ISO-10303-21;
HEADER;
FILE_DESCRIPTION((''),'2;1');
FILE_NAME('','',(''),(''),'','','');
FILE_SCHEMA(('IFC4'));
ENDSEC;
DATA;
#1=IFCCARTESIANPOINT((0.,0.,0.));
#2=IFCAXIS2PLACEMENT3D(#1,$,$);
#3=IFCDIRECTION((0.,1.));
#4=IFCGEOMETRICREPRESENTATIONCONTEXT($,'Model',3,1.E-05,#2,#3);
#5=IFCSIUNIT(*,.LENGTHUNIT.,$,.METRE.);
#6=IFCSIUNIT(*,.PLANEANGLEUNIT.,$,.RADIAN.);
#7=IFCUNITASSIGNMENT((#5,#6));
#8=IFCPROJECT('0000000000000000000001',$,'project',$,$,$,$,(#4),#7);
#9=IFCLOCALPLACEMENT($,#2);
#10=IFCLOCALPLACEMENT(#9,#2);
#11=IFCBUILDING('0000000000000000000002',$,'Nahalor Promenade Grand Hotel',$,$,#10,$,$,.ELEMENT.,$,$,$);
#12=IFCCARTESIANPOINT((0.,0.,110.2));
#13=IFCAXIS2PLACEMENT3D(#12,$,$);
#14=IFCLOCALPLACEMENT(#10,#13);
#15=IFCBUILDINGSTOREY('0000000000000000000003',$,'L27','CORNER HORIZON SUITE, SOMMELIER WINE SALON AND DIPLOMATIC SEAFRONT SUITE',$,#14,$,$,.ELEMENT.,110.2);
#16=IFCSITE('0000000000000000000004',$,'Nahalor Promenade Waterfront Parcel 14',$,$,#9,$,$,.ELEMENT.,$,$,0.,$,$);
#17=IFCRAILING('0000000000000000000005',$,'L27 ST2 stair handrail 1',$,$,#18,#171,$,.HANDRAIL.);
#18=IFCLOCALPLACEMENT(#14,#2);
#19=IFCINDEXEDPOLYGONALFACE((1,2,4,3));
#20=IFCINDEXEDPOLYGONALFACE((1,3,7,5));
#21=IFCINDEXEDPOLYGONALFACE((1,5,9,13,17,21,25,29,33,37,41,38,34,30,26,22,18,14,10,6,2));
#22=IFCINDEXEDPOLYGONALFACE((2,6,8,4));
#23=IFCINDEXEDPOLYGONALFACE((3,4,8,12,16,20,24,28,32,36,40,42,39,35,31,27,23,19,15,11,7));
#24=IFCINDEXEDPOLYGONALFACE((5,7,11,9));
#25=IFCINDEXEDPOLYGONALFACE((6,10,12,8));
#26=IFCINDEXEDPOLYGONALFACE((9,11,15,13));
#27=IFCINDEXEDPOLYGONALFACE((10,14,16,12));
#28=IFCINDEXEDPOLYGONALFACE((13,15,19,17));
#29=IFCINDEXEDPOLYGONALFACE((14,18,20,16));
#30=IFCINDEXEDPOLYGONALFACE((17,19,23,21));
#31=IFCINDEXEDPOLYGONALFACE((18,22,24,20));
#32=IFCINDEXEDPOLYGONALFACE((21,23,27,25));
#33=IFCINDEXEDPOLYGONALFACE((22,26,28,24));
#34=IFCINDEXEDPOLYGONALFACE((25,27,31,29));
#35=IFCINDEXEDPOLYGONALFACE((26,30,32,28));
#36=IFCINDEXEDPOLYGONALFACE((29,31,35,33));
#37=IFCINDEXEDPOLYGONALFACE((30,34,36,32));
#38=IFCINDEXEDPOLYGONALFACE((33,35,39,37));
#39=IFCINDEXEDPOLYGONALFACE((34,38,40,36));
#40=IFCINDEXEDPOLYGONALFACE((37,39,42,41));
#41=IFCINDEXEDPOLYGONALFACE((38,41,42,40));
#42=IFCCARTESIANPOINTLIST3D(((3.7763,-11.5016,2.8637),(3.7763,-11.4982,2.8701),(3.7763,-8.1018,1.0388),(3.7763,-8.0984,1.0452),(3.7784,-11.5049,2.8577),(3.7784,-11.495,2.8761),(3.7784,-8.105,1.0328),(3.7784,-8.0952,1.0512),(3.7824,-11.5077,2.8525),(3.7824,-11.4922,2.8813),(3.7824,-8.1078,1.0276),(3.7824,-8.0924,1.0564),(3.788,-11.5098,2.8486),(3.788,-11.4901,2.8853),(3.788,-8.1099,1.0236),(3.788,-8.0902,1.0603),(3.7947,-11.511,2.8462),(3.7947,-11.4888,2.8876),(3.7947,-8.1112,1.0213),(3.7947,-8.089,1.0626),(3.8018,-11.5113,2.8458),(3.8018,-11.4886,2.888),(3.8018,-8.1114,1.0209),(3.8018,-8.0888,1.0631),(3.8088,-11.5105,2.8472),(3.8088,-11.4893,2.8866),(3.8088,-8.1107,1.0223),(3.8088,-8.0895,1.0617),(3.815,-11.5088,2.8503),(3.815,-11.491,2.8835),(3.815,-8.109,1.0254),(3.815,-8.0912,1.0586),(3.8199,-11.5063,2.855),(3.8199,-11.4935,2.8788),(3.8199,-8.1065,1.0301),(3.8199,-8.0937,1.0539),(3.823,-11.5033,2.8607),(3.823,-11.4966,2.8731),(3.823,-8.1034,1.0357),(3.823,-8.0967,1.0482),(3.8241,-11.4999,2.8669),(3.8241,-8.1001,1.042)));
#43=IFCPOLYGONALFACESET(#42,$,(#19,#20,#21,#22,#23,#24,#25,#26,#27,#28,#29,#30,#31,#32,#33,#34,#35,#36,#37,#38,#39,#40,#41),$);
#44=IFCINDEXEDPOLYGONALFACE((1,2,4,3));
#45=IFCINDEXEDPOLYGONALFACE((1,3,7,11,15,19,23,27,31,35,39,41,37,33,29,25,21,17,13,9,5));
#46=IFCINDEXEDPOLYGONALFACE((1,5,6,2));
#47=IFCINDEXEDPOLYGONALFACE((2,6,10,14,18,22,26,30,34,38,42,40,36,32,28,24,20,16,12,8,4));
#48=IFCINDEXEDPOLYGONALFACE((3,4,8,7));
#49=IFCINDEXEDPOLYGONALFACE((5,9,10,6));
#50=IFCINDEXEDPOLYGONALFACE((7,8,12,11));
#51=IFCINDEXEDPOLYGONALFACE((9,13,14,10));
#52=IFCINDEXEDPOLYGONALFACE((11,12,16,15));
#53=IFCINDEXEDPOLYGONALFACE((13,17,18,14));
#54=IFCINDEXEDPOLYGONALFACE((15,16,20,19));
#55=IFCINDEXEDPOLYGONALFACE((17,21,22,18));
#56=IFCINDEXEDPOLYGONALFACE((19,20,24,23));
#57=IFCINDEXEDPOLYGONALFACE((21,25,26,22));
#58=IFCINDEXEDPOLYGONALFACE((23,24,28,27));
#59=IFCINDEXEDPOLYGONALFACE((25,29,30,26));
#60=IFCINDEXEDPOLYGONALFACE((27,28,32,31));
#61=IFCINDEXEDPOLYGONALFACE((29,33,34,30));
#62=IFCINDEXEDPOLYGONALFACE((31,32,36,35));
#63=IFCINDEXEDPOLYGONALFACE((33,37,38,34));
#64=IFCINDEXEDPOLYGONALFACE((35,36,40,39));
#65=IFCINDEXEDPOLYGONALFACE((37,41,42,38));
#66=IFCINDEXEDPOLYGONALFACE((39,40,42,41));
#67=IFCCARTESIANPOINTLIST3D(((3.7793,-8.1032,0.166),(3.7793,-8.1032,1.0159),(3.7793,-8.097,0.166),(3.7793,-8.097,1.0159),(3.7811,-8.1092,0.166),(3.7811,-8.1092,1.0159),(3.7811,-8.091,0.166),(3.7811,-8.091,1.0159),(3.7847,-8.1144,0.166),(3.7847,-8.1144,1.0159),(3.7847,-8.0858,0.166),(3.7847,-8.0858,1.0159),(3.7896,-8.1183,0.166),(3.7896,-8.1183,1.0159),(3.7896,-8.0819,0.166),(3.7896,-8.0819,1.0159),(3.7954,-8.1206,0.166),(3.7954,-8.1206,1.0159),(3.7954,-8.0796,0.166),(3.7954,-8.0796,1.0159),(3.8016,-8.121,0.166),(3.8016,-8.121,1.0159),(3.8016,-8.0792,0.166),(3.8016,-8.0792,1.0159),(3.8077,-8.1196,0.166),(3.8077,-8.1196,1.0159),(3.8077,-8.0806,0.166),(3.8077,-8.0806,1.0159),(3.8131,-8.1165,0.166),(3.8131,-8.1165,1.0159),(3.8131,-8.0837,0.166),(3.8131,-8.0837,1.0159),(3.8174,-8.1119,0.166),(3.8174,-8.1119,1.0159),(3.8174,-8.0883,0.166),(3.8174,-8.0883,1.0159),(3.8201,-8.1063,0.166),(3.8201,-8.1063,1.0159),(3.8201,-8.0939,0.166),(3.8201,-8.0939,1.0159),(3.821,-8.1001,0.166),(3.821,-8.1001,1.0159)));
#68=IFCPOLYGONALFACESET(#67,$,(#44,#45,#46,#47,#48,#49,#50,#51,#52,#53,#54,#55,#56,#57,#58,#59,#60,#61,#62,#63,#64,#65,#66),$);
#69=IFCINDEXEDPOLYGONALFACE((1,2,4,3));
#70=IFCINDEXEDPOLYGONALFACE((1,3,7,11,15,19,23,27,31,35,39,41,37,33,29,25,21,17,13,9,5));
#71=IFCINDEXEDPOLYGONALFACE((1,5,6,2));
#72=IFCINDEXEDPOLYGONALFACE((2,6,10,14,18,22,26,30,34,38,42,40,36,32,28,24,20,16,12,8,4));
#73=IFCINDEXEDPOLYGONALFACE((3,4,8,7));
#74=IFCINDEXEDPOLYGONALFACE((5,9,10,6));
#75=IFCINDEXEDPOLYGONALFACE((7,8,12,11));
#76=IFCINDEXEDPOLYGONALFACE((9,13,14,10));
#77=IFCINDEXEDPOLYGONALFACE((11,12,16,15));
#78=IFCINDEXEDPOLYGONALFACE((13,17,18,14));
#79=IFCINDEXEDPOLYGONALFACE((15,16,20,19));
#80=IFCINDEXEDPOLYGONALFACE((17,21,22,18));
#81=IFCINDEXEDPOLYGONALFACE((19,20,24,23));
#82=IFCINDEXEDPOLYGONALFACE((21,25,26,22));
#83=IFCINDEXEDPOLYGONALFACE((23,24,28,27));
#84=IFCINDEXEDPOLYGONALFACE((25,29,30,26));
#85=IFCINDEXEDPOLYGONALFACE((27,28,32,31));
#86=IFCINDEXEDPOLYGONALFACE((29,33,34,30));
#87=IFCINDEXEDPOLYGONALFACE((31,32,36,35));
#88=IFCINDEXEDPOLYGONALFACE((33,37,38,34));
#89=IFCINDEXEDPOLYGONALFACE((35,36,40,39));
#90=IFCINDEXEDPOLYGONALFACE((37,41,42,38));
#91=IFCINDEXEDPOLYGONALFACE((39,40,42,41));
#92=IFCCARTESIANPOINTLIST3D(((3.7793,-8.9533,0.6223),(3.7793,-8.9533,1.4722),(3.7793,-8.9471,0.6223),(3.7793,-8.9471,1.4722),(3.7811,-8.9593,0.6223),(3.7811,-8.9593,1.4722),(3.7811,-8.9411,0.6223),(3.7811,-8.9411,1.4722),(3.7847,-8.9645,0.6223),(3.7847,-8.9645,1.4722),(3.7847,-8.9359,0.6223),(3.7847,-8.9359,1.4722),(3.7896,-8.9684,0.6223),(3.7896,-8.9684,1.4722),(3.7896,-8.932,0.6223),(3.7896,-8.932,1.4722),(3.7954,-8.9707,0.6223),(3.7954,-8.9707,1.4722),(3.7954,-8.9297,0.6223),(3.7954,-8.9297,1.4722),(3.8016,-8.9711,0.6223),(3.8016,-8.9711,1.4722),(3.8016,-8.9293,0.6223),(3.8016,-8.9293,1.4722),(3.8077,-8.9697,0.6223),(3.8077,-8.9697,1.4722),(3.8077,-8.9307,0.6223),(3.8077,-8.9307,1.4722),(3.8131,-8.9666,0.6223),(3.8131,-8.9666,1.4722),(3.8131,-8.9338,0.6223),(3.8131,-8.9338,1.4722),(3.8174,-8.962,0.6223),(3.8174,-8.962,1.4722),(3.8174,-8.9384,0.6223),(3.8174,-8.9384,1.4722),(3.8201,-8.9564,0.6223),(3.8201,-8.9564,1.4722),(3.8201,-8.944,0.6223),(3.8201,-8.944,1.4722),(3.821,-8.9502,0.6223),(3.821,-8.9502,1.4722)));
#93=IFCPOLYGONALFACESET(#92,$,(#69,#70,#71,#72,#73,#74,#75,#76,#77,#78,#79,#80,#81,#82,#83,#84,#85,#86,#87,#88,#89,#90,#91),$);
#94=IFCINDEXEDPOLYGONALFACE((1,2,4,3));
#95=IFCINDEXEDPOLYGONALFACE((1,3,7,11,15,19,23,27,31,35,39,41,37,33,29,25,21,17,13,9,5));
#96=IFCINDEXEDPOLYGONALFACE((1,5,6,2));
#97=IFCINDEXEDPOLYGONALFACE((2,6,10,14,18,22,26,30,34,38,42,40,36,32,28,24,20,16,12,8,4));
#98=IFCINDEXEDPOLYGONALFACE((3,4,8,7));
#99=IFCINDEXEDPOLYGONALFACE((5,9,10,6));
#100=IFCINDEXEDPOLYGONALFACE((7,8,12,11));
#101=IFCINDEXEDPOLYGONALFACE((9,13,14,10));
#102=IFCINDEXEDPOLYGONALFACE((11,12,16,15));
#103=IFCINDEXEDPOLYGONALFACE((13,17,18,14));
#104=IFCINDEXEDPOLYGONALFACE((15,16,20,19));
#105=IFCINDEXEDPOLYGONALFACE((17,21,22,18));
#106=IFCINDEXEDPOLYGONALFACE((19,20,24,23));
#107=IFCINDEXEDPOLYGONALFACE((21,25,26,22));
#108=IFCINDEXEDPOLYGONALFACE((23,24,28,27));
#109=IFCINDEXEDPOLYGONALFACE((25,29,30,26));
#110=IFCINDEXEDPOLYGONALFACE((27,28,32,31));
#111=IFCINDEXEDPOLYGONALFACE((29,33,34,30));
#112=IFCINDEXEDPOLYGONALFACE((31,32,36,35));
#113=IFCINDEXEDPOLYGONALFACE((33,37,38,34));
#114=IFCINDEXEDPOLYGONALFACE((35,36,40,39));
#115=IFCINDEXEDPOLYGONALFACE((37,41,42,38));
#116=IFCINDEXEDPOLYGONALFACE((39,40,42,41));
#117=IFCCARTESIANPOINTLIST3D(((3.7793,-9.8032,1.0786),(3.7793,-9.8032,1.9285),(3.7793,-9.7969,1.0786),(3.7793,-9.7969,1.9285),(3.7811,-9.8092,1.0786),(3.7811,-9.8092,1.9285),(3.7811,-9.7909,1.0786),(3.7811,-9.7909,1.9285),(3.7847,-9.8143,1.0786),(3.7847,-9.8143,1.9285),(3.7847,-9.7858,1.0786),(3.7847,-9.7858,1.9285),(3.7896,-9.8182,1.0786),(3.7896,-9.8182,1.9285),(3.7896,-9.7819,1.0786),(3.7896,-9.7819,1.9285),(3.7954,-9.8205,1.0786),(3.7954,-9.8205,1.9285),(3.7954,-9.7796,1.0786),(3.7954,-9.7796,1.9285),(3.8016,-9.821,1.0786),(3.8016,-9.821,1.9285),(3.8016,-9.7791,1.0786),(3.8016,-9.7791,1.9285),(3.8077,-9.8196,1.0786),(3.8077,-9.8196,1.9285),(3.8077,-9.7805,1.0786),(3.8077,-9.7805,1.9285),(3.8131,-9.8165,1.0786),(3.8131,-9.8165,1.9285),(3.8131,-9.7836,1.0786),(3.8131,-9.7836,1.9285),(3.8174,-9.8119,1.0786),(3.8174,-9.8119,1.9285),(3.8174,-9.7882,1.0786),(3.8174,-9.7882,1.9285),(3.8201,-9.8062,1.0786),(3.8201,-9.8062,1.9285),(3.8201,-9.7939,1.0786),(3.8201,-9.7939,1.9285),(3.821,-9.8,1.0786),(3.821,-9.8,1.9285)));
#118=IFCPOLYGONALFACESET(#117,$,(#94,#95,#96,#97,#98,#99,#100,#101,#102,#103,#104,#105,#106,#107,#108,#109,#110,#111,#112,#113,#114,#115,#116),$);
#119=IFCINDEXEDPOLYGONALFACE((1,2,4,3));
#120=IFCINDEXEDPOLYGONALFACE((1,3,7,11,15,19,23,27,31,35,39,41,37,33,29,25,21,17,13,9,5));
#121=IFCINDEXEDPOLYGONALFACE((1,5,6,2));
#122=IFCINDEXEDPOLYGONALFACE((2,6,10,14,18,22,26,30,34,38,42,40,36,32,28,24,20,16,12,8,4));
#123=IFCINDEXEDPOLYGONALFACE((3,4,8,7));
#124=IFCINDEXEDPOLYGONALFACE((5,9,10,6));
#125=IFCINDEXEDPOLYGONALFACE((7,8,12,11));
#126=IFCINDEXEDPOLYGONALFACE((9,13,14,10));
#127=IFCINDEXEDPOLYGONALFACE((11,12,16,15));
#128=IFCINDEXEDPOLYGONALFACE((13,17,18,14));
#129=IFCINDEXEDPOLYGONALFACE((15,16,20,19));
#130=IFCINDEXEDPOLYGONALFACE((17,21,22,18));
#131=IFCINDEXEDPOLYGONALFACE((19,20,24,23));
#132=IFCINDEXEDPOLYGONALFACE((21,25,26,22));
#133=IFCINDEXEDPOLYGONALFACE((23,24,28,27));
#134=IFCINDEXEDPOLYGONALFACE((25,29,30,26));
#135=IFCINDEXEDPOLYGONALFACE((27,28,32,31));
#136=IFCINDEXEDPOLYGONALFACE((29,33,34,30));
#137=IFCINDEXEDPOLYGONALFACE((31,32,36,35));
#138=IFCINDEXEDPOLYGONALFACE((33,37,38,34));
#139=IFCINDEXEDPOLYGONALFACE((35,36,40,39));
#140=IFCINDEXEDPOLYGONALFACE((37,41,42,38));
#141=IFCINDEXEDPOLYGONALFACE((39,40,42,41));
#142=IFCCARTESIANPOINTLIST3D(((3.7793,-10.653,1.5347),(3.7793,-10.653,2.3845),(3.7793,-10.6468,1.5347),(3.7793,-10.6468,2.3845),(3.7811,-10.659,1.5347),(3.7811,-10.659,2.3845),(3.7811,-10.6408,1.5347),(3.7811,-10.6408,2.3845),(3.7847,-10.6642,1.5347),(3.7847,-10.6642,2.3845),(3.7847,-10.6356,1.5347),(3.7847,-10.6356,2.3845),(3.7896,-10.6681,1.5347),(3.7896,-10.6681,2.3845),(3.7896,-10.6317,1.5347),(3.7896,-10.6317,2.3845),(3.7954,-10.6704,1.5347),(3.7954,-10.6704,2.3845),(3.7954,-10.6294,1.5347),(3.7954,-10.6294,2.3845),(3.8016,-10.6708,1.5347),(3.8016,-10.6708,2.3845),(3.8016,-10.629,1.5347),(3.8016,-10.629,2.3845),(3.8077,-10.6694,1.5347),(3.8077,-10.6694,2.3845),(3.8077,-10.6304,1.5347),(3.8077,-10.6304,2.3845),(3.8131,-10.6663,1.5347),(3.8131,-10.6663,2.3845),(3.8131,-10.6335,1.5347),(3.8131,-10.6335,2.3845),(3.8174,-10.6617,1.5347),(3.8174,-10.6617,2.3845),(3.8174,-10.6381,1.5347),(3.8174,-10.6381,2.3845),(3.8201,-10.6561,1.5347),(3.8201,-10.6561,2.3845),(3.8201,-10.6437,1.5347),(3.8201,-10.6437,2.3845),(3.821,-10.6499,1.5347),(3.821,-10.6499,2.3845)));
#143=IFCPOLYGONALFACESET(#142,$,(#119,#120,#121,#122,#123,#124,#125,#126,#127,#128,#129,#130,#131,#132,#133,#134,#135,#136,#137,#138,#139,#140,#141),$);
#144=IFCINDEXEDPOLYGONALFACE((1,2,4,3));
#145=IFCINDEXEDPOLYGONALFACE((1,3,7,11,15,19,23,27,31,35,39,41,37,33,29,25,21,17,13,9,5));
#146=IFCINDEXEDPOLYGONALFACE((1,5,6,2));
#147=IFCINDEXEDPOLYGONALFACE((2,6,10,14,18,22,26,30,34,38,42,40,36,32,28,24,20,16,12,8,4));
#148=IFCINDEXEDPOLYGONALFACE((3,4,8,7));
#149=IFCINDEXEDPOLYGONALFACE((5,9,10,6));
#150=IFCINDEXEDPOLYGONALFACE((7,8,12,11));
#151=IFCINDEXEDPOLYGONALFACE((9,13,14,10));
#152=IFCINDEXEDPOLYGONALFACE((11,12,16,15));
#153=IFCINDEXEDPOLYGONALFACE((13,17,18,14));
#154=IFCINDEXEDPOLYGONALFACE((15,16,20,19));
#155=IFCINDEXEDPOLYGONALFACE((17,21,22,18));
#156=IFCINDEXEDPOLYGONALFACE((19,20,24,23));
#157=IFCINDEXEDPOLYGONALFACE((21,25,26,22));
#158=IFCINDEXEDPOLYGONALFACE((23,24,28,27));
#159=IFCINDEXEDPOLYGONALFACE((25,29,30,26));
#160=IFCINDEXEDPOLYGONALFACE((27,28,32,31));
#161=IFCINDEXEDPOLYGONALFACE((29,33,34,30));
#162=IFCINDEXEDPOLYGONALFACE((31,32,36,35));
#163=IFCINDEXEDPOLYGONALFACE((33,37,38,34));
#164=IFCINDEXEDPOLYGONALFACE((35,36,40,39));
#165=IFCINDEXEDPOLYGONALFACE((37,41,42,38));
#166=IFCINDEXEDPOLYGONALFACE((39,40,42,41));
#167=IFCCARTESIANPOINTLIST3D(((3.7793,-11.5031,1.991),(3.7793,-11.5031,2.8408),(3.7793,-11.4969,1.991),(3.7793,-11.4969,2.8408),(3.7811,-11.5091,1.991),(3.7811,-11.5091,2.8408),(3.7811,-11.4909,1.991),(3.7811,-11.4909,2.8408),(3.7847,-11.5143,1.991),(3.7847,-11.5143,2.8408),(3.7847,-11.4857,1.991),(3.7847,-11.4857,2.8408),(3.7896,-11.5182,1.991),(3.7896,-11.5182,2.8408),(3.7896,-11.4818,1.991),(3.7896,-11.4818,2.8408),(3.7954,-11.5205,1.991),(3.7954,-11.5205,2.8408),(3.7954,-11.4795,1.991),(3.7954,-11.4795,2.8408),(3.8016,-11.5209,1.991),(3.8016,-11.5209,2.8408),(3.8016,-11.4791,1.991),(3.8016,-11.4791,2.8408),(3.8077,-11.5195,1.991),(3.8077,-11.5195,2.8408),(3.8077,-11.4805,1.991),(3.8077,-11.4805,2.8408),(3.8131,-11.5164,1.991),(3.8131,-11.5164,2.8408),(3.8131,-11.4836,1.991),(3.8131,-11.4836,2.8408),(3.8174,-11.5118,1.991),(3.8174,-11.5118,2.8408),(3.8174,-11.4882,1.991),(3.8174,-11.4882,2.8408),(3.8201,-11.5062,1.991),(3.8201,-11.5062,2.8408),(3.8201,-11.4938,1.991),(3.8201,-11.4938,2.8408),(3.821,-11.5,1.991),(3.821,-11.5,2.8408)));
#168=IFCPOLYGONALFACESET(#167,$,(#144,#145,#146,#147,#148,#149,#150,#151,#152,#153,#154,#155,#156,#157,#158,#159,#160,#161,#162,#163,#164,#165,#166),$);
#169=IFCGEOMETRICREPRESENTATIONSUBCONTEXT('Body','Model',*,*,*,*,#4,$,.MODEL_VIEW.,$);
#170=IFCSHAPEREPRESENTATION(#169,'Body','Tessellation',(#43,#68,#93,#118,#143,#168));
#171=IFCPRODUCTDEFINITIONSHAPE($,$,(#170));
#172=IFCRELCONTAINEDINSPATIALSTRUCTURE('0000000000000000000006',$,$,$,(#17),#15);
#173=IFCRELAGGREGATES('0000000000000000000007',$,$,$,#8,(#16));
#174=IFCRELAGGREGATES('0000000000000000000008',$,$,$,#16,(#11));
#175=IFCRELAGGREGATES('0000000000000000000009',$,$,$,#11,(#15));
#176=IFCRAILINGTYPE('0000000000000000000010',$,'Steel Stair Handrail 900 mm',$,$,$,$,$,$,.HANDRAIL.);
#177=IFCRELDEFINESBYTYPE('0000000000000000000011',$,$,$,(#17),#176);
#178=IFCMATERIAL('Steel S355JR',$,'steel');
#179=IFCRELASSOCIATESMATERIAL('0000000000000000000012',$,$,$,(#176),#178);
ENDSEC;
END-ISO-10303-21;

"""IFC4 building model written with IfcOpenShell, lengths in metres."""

from ifc_helpers import new_model, si_unit, direction, frame, origin, origin_2d, place, context, subcontext, project, spatial, circle, extrude, material, type_object, element, save


model = new_model("IFC4")

# Units and contexts
model_context = context("Model", 3, precision=1e-05, world=origin(), true_north=direction((0.0, 1.0)))
body_context = subcontext(model_context, "Body", "Model", "MODEL_VIEW")
ifc_project = project(units=[si_unit("LENGTHUNIT", "METRE"), si_unit("PLANEANGLEUNIT", "RADIAN")], contexts=[model_context])

# Site, building, storey
site_placement = place(None, origin())
site = spatial("IfcSite", under=ifc_project, at=site_placement, Name="Nahalor Promenade Waterfront Parcel 14", CompositionType="ELEMENT", RefElevation=0.0)
building_placement = place(site_placement, origin())
building = spatial("IfcBuilding", under=site, at=building_placement, Name="Nahalor Promenade Grand Hotel", CompositionType="ELEMENT")
storey_placement = place(building_placement, frame((0.0, 0.0, 110.2)))
storey = spatial("IfcBuildingStorey", under=building, at=storey_placement, Name="L27", Description="CORNER HORIZON SUITE, SOMMELIER WINE SALON AND DIPLOMATIC SEAFRONT SUITE", CompositionType="ELEMENT", Elevation=110.2)

# Shared definitions
ifc_material_1 = material(Name="Steel S355JR", Category="steel")

# Railing
railing_type_1 = type_object("IfcRailingType", Name="Steel Stair Handrail 900 mm", PredefinedType="HANDRAIL", material=ifc_material_1)
railing_1_placement = place(storey_placement, frame((3.8, -8.1001, 0.166)))
element("IfcRailing", 1, at=railing_1_placement, inside=storey, type_object=railing_type_1, Name="L27 ST2 stair handrail 1", PredefinedType="HANDRAIL", context=body_context, shape_type="SweptSolid", body=[
    extrude(circle(Radius=0.024, at=origin_2d()), frame((0.0, 0.0, 0.876), z_axis=(0.0, -0.881094, 0.472941), x_axis=(1.0, 0.0, 0.0)), (0.0, 0.0, 1.0), 3.8586),
    extrude(circle(Radius=0.021, at=origin_2d()), origin(), (0.0, 0.0, 1.0), 0.8499),
    extrude(circle(Radius=0.021, at=origin_2d()), frame((0.0, -0.8501, 0.4563)), (0.0, 0.0, 1.0), 0.8499),
    extrude(circle(Radius=0.021, at=origin_2d()), frame((0.0, -1.7, 0.9126)), (0.0, 0.0, 1.0), 0.8499),
    extrude(circle(Radius=0.021, at=origin_2d()), frame((0.0, -2.5498, 1.3687)), (0.0, 0.0, 1.0), 0.8499),
    extrude(circle(Radius=0.021, at=origin_2d()), frame((0.0, -3.3999, 1.825)), (0.0, 0.0, 1.0), 0.8499),
])

save(model, "model.ifc")
